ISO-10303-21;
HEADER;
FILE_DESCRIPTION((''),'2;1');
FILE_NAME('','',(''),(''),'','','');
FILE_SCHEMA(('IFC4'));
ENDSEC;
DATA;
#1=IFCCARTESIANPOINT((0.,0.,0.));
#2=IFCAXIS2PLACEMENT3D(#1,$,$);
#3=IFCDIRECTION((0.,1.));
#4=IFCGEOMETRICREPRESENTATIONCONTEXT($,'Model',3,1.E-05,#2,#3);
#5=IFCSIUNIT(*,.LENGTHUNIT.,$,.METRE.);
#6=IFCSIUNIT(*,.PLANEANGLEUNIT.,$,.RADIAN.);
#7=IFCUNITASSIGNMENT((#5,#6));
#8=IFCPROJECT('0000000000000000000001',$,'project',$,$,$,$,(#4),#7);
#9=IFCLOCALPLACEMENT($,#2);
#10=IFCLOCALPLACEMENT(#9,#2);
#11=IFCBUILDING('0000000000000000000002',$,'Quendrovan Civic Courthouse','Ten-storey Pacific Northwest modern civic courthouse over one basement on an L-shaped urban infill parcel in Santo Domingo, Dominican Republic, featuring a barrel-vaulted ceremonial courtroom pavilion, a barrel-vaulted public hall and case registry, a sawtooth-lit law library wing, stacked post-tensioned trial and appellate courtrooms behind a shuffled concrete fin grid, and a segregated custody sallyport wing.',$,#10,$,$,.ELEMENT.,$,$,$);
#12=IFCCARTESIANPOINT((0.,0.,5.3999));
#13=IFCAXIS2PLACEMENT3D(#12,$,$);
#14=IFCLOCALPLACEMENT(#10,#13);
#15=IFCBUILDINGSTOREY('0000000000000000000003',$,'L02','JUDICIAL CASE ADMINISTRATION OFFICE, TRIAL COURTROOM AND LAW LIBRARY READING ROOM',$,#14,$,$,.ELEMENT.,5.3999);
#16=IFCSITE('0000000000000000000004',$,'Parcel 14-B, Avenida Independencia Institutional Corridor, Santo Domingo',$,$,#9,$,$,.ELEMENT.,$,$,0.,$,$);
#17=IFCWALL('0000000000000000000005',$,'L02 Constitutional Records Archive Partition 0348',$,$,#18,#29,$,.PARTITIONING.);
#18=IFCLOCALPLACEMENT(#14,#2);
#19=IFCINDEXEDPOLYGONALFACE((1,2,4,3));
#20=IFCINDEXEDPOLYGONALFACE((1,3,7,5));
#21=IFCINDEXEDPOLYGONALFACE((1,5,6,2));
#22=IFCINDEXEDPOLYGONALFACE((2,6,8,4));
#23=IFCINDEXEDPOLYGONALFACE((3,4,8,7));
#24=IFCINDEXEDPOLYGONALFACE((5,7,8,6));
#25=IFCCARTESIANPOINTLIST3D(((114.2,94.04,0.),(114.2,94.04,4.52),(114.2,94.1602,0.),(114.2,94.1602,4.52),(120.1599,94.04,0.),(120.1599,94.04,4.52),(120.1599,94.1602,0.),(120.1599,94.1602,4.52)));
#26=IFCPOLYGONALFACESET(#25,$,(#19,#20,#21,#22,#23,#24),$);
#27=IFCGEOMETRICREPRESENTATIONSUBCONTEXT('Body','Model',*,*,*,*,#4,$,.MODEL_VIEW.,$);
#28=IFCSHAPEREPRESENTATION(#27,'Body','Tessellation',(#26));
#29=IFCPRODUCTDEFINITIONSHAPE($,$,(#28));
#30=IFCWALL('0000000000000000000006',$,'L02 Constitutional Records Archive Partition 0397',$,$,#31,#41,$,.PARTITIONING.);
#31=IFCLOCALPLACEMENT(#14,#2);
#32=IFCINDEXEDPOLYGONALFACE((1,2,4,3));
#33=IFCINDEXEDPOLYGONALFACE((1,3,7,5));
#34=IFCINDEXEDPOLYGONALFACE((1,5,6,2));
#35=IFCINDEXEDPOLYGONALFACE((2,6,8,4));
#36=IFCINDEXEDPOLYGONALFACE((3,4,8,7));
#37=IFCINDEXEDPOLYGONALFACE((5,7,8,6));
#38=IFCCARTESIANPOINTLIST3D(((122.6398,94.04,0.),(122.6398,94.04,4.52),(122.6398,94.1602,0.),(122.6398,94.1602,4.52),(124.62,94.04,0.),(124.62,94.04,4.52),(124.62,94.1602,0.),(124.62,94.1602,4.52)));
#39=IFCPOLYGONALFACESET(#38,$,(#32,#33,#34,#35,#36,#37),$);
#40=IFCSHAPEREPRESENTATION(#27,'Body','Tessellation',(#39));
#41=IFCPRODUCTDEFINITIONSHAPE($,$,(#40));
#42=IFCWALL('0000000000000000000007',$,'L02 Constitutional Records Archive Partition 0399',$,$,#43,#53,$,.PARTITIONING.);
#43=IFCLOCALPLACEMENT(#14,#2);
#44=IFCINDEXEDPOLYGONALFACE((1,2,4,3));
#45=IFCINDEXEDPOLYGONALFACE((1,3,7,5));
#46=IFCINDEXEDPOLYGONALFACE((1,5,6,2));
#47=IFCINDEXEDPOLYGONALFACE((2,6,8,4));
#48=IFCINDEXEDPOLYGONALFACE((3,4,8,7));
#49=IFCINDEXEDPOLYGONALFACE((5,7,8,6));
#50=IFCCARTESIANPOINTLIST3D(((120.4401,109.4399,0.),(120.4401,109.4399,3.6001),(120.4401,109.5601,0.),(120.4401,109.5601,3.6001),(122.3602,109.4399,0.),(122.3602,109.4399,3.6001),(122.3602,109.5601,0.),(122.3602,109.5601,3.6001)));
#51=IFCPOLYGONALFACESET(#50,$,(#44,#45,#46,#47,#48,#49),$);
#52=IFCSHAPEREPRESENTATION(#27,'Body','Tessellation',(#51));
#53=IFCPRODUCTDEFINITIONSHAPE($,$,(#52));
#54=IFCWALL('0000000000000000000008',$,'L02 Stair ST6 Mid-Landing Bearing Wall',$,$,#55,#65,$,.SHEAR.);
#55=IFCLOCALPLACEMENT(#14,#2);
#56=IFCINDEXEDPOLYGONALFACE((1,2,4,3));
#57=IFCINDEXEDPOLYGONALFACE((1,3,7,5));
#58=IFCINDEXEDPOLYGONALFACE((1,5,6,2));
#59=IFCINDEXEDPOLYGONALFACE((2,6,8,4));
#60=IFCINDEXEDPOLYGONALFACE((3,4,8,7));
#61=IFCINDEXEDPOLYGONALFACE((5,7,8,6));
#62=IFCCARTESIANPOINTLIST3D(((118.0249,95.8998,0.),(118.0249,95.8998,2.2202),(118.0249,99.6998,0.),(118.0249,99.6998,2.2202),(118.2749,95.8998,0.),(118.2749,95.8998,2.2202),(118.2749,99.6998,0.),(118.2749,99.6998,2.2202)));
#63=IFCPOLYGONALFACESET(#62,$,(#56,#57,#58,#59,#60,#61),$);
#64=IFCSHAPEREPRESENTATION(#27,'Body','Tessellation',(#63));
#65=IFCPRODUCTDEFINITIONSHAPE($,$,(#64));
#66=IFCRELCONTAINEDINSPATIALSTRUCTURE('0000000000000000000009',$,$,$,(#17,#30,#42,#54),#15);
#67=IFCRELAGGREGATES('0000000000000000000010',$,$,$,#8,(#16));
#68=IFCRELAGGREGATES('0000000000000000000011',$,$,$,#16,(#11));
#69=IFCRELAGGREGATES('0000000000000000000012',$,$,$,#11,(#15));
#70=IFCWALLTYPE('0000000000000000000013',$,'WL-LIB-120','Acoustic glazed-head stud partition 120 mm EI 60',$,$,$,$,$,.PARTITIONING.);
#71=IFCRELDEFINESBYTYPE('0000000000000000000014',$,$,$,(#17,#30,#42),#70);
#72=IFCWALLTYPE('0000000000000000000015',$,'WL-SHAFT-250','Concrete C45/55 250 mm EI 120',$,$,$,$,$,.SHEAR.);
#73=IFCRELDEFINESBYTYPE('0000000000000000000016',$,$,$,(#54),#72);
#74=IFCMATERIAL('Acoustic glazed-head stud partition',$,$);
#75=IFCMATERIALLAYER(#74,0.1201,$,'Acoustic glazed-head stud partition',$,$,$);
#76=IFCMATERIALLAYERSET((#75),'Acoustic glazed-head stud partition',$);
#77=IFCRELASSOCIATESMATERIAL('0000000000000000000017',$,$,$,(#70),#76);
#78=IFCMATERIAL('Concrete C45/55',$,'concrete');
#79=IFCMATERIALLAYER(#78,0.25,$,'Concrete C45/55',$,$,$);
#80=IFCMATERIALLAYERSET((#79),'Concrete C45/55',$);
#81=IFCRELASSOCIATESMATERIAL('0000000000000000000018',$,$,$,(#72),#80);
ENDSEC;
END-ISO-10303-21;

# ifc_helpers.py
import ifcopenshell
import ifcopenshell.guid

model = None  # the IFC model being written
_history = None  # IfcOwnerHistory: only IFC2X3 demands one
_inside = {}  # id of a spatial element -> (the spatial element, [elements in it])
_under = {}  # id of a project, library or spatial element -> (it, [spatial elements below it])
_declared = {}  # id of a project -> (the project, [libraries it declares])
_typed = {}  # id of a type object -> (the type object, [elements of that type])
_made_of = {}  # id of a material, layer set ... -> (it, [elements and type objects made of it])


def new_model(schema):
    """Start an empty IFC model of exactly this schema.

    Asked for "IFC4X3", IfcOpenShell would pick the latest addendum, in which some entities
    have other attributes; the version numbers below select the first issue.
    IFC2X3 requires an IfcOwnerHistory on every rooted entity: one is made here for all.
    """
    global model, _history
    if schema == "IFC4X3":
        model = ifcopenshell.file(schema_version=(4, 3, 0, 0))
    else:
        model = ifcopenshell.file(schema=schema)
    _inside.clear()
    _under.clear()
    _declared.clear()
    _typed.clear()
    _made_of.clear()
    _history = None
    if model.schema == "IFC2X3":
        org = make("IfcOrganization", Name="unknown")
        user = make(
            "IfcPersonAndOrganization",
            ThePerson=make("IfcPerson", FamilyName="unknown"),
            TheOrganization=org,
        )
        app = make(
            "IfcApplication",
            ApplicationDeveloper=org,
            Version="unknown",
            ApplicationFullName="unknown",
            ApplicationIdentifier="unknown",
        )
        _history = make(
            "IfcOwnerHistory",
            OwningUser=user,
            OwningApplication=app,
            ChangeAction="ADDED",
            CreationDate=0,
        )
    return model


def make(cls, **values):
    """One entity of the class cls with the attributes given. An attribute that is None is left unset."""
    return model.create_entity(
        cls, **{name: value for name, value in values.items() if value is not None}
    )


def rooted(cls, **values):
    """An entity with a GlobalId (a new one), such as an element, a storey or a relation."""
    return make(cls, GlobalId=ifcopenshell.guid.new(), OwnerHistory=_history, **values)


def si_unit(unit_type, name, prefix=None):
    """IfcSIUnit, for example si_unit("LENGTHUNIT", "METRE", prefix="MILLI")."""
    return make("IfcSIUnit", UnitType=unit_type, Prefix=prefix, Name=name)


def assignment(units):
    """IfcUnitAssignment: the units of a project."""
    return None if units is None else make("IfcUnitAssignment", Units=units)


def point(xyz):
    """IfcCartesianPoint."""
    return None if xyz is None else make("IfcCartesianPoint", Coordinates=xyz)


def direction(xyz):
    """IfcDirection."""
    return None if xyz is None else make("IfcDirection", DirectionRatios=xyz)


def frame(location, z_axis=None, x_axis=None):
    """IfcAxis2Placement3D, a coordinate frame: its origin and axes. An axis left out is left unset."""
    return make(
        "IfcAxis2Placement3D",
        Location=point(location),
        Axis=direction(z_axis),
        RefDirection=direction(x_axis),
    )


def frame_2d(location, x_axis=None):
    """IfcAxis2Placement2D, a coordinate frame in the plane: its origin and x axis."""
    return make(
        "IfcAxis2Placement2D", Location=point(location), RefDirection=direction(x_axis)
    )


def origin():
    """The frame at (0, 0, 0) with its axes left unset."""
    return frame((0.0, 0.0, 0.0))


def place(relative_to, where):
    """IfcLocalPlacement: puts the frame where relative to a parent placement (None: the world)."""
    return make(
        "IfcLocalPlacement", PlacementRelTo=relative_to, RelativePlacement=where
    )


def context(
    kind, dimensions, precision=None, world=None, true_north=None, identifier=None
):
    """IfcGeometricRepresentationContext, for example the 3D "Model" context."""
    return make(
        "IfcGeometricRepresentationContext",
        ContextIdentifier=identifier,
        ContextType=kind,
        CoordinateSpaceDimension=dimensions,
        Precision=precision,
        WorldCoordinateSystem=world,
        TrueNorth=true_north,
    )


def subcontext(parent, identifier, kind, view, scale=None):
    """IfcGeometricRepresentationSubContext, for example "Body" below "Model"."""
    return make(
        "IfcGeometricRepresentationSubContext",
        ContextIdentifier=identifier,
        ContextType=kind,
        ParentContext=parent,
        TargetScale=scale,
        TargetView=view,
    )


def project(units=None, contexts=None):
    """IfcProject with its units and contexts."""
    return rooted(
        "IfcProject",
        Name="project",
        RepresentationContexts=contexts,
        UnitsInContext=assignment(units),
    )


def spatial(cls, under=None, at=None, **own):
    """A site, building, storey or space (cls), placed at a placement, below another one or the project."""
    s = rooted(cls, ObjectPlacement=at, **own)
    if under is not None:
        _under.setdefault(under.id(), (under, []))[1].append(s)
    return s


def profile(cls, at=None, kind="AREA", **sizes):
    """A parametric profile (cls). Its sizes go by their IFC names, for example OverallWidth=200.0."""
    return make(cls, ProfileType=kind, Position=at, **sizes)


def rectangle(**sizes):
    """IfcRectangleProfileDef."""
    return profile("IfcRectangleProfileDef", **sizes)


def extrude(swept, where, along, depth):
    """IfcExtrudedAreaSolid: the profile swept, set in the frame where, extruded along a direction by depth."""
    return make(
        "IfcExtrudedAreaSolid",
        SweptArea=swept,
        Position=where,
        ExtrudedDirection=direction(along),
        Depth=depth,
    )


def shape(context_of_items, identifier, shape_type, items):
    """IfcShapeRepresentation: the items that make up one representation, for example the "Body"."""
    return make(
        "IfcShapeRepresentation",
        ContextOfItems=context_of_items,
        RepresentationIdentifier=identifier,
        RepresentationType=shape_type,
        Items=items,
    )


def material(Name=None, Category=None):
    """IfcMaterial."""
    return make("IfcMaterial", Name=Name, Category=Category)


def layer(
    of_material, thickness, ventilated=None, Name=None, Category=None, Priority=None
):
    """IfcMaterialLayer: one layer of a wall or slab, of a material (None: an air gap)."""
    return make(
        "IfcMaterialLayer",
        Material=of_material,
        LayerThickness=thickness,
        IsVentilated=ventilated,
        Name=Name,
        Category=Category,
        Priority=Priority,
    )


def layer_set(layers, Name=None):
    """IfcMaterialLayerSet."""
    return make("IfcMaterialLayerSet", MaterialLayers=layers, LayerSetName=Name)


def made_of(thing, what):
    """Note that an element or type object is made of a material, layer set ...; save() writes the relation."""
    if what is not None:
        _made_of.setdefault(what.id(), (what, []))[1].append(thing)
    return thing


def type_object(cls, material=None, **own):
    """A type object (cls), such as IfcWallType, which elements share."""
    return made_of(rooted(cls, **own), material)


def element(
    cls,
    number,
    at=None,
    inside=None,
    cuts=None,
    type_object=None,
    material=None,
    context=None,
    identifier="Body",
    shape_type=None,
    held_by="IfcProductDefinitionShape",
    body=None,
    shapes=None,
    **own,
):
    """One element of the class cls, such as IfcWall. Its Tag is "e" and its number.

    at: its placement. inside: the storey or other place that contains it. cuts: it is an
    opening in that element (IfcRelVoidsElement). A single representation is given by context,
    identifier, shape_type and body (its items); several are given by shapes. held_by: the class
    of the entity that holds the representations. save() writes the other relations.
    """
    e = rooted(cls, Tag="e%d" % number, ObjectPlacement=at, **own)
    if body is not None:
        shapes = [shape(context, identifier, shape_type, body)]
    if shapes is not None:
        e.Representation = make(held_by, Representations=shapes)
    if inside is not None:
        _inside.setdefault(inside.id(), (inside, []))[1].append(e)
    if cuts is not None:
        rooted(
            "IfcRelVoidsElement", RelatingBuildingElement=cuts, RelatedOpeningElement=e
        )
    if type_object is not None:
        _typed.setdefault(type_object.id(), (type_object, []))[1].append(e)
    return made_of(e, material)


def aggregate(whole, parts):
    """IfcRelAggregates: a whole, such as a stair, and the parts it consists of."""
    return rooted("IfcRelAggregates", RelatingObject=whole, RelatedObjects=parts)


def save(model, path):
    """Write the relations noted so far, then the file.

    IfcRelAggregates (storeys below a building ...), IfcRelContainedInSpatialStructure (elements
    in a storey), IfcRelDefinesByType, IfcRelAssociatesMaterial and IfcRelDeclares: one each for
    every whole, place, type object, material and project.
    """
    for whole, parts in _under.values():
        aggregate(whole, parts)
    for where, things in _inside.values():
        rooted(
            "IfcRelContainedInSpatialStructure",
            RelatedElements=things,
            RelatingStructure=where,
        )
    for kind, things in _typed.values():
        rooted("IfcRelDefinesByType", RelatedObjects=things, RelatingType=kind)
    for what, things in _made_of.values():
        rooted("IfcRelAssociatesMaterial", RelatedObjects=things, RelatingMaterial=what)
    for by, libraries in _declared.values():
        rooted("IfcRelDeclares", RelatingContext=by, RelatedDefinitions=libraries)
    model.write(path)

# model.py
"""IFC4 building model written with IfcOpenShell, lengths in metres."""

from ifc_helpers import new_model, si_unit, direction, frame, frame_2d, origin, place, context, subcontext, project, spatial, rectangle, extrude, material, layer, layer_set, type_object, element, save


model = new_model("IFC4")

# Units and contexts
model_context = context("Model", 3, precision=1e-05, world=origin(), true_north=direction((0.0, 1.0)))
body_context = subcontext(model_context, "Body", "Model", "MODEL_VIEW")
ifc_project = project(units=[si_unit("LENGTHUNIT", "METRE"), si_unit("PLANEANGLEUNIT", "RADIAN")], contexts=[model_context])

# Site, building, storey
site_placement = place(None, origin())
site = spatial("IfcSite", under=ifc_project, at=site_placement, Name="Parcel 14-B, Avenida Independencia Institutional Corridor, Santo Domingo", CompositionType="ELEMENT", RefElevation=0.0)
building_placement = place(site_placement, origin())
building = spatial("IfcBuilding", under=site, at=building_placement, Name="Quendrovan Civic Courthouse", Description="Ten-storey Pacific Northwest modern civic courthouse over one basement on an L-shaped urban infill parcel in Santo Domingo, Dominican Republic, featuring a barrel-vaulted ceremonial courtroom pavilion, a barrel-vaulted public hall and case registry, a sawtooth-lit law library wing, stacked post-tensioned trial and appellate courtrooms behind a shuffled concrete fin grid, and a segregated custody sallyport wing.", CompositionType="ELEMENT")
storey_placement = place(building_placement, frame((0.0, 0.0, 5.3999)))
storey = spatial("IfcBuildingStorey", under=building, at=storey_placement, Name="L02", Description="JUDICIAL CASE ADMINISTRATION OFFICE, TRIAL COURTROOM AND LAW LIBRARY READING ROOM", CompositionType="ELEMENT", Elevation=5.3999)

# Shared definitions
ifc_material_1 = material(Name="Concrete C45/55", Category="concrete")

# Shared definitions
ifc_material_2 = material(Name="Acoustic glazed-head stud partition")
ifc_layer_1 = layer(ifc_material_2, 0.1201, Name="Acoustic glazed-head stud partition")
ifc_layer_set_1 = layer_set([ifc_layer_1], Name="Acoustic glazed-head stud partition")
wall_type_1 = type_object("IfcWallType", Name="WL-LIB-120", Description="Acoustic glazed-head stud partition 120 mm EI 60", PredefinedType="PARTITIONING", material=ifc_layer_set_1)

# Walls
wall_1_placement = place(storey_placement, frame((120.1599, 94.1001, 0.0), z_axis=(0.0, 0.0, 1.0), x_axis=(-1.0, 0.0, 0.0)))
element("IfcWall", 1, at=wall_1_placement, inside=storey, type_object=wall_type_1, Name="L02 Constitutional Records Archive Partition 0348", PredefinedType="PARTITIONING", context=body_context, shape_type="SweptSolid", body=[
    extrude(rectangle(XDim=5.96, YDim=0.1201, at=frame_2d((2.98, 0.0))), origin(), (0.0, 0.0, 1.0), 4.52),
])
wall_2_placement = place(storey_placement, frame((124.6201, 94.1001, 0.0), z_axis=(0.0, 0.0, 1.0), x_axis=(-1.0, 0.0, 0.0)))
element("IfcWall", 2, at=wall_2_placement, inside=storey, type_object=wall_type_1, Name="L02 Constitutional Records Archive Partition 0397", PredefinedType="PARTITIONING", context=body_context, shape_type="SweptSolid", body=[
    extrude(rectangle(XDim=1.9802, YDim=0.1201, at=frame_2d((0.9902, 0.0))), origin(), (0.0, 0.0, 1.0), 4.52),
])
wall_3_placement = place(storey_placement, frame((122.3601, 109.5, 0.0), z_axis=(0.0, 0.0, 1.0), x_axis=(-1.0, 0.0, 0.0)))
element("IfcWall", 3, at=wall_3_placement, inside=storey, type_object=wall_type_1, Name="L02 Constitutional Records Archive Partition 0399", PredefinedType="PARTITIONING", context=body_context, shape_type="SweptSolid", body=[
    extrude(rectangle(XDim=1.9202, YDim=0.1201, at=frame_2d((0.96, 0.0))), origin(), (0.0, 0.0, 1.0), 3.6001),
])
ifc_layer_2 = layer(ifc_material_1, 0.25, Name="Concrete C45/55")
ifc_layer_set_2 = layer_set([ifc_layer_2], Name="Concrete C45/55")
wall_type_2 = type_object("IfcWallType", Name="WL-SHAFT-250", Description="Concrete C45/55 250 mm EI 120", PredefinedType="SHEAR", material=ifc_layer_set_2)
wall_4_placement = place(storey_placement, frame((118.1499, 95.8999, 0.0), z_axis=(0.0, 0.0, 1.0), x_axis=(0.0, 1.0, 0.0)))
element("IfcWall", 4, at=wall_4_placement, inside=storey, type_object=wall_type_2, Name="L02 Stair ST6 Mid-Landing Bearing Wall", PredefinedType="SHEAR", context=body_context, shape_type="SweptSolid", body=[
    extrude(rectangle(XDim=3.8, YDim=0.25, at=frame_2d((1.8999, 0.0))), origin(), (0.0, 0.0, 1.0), 2.2202),
])

save(model, "model.ifc")
